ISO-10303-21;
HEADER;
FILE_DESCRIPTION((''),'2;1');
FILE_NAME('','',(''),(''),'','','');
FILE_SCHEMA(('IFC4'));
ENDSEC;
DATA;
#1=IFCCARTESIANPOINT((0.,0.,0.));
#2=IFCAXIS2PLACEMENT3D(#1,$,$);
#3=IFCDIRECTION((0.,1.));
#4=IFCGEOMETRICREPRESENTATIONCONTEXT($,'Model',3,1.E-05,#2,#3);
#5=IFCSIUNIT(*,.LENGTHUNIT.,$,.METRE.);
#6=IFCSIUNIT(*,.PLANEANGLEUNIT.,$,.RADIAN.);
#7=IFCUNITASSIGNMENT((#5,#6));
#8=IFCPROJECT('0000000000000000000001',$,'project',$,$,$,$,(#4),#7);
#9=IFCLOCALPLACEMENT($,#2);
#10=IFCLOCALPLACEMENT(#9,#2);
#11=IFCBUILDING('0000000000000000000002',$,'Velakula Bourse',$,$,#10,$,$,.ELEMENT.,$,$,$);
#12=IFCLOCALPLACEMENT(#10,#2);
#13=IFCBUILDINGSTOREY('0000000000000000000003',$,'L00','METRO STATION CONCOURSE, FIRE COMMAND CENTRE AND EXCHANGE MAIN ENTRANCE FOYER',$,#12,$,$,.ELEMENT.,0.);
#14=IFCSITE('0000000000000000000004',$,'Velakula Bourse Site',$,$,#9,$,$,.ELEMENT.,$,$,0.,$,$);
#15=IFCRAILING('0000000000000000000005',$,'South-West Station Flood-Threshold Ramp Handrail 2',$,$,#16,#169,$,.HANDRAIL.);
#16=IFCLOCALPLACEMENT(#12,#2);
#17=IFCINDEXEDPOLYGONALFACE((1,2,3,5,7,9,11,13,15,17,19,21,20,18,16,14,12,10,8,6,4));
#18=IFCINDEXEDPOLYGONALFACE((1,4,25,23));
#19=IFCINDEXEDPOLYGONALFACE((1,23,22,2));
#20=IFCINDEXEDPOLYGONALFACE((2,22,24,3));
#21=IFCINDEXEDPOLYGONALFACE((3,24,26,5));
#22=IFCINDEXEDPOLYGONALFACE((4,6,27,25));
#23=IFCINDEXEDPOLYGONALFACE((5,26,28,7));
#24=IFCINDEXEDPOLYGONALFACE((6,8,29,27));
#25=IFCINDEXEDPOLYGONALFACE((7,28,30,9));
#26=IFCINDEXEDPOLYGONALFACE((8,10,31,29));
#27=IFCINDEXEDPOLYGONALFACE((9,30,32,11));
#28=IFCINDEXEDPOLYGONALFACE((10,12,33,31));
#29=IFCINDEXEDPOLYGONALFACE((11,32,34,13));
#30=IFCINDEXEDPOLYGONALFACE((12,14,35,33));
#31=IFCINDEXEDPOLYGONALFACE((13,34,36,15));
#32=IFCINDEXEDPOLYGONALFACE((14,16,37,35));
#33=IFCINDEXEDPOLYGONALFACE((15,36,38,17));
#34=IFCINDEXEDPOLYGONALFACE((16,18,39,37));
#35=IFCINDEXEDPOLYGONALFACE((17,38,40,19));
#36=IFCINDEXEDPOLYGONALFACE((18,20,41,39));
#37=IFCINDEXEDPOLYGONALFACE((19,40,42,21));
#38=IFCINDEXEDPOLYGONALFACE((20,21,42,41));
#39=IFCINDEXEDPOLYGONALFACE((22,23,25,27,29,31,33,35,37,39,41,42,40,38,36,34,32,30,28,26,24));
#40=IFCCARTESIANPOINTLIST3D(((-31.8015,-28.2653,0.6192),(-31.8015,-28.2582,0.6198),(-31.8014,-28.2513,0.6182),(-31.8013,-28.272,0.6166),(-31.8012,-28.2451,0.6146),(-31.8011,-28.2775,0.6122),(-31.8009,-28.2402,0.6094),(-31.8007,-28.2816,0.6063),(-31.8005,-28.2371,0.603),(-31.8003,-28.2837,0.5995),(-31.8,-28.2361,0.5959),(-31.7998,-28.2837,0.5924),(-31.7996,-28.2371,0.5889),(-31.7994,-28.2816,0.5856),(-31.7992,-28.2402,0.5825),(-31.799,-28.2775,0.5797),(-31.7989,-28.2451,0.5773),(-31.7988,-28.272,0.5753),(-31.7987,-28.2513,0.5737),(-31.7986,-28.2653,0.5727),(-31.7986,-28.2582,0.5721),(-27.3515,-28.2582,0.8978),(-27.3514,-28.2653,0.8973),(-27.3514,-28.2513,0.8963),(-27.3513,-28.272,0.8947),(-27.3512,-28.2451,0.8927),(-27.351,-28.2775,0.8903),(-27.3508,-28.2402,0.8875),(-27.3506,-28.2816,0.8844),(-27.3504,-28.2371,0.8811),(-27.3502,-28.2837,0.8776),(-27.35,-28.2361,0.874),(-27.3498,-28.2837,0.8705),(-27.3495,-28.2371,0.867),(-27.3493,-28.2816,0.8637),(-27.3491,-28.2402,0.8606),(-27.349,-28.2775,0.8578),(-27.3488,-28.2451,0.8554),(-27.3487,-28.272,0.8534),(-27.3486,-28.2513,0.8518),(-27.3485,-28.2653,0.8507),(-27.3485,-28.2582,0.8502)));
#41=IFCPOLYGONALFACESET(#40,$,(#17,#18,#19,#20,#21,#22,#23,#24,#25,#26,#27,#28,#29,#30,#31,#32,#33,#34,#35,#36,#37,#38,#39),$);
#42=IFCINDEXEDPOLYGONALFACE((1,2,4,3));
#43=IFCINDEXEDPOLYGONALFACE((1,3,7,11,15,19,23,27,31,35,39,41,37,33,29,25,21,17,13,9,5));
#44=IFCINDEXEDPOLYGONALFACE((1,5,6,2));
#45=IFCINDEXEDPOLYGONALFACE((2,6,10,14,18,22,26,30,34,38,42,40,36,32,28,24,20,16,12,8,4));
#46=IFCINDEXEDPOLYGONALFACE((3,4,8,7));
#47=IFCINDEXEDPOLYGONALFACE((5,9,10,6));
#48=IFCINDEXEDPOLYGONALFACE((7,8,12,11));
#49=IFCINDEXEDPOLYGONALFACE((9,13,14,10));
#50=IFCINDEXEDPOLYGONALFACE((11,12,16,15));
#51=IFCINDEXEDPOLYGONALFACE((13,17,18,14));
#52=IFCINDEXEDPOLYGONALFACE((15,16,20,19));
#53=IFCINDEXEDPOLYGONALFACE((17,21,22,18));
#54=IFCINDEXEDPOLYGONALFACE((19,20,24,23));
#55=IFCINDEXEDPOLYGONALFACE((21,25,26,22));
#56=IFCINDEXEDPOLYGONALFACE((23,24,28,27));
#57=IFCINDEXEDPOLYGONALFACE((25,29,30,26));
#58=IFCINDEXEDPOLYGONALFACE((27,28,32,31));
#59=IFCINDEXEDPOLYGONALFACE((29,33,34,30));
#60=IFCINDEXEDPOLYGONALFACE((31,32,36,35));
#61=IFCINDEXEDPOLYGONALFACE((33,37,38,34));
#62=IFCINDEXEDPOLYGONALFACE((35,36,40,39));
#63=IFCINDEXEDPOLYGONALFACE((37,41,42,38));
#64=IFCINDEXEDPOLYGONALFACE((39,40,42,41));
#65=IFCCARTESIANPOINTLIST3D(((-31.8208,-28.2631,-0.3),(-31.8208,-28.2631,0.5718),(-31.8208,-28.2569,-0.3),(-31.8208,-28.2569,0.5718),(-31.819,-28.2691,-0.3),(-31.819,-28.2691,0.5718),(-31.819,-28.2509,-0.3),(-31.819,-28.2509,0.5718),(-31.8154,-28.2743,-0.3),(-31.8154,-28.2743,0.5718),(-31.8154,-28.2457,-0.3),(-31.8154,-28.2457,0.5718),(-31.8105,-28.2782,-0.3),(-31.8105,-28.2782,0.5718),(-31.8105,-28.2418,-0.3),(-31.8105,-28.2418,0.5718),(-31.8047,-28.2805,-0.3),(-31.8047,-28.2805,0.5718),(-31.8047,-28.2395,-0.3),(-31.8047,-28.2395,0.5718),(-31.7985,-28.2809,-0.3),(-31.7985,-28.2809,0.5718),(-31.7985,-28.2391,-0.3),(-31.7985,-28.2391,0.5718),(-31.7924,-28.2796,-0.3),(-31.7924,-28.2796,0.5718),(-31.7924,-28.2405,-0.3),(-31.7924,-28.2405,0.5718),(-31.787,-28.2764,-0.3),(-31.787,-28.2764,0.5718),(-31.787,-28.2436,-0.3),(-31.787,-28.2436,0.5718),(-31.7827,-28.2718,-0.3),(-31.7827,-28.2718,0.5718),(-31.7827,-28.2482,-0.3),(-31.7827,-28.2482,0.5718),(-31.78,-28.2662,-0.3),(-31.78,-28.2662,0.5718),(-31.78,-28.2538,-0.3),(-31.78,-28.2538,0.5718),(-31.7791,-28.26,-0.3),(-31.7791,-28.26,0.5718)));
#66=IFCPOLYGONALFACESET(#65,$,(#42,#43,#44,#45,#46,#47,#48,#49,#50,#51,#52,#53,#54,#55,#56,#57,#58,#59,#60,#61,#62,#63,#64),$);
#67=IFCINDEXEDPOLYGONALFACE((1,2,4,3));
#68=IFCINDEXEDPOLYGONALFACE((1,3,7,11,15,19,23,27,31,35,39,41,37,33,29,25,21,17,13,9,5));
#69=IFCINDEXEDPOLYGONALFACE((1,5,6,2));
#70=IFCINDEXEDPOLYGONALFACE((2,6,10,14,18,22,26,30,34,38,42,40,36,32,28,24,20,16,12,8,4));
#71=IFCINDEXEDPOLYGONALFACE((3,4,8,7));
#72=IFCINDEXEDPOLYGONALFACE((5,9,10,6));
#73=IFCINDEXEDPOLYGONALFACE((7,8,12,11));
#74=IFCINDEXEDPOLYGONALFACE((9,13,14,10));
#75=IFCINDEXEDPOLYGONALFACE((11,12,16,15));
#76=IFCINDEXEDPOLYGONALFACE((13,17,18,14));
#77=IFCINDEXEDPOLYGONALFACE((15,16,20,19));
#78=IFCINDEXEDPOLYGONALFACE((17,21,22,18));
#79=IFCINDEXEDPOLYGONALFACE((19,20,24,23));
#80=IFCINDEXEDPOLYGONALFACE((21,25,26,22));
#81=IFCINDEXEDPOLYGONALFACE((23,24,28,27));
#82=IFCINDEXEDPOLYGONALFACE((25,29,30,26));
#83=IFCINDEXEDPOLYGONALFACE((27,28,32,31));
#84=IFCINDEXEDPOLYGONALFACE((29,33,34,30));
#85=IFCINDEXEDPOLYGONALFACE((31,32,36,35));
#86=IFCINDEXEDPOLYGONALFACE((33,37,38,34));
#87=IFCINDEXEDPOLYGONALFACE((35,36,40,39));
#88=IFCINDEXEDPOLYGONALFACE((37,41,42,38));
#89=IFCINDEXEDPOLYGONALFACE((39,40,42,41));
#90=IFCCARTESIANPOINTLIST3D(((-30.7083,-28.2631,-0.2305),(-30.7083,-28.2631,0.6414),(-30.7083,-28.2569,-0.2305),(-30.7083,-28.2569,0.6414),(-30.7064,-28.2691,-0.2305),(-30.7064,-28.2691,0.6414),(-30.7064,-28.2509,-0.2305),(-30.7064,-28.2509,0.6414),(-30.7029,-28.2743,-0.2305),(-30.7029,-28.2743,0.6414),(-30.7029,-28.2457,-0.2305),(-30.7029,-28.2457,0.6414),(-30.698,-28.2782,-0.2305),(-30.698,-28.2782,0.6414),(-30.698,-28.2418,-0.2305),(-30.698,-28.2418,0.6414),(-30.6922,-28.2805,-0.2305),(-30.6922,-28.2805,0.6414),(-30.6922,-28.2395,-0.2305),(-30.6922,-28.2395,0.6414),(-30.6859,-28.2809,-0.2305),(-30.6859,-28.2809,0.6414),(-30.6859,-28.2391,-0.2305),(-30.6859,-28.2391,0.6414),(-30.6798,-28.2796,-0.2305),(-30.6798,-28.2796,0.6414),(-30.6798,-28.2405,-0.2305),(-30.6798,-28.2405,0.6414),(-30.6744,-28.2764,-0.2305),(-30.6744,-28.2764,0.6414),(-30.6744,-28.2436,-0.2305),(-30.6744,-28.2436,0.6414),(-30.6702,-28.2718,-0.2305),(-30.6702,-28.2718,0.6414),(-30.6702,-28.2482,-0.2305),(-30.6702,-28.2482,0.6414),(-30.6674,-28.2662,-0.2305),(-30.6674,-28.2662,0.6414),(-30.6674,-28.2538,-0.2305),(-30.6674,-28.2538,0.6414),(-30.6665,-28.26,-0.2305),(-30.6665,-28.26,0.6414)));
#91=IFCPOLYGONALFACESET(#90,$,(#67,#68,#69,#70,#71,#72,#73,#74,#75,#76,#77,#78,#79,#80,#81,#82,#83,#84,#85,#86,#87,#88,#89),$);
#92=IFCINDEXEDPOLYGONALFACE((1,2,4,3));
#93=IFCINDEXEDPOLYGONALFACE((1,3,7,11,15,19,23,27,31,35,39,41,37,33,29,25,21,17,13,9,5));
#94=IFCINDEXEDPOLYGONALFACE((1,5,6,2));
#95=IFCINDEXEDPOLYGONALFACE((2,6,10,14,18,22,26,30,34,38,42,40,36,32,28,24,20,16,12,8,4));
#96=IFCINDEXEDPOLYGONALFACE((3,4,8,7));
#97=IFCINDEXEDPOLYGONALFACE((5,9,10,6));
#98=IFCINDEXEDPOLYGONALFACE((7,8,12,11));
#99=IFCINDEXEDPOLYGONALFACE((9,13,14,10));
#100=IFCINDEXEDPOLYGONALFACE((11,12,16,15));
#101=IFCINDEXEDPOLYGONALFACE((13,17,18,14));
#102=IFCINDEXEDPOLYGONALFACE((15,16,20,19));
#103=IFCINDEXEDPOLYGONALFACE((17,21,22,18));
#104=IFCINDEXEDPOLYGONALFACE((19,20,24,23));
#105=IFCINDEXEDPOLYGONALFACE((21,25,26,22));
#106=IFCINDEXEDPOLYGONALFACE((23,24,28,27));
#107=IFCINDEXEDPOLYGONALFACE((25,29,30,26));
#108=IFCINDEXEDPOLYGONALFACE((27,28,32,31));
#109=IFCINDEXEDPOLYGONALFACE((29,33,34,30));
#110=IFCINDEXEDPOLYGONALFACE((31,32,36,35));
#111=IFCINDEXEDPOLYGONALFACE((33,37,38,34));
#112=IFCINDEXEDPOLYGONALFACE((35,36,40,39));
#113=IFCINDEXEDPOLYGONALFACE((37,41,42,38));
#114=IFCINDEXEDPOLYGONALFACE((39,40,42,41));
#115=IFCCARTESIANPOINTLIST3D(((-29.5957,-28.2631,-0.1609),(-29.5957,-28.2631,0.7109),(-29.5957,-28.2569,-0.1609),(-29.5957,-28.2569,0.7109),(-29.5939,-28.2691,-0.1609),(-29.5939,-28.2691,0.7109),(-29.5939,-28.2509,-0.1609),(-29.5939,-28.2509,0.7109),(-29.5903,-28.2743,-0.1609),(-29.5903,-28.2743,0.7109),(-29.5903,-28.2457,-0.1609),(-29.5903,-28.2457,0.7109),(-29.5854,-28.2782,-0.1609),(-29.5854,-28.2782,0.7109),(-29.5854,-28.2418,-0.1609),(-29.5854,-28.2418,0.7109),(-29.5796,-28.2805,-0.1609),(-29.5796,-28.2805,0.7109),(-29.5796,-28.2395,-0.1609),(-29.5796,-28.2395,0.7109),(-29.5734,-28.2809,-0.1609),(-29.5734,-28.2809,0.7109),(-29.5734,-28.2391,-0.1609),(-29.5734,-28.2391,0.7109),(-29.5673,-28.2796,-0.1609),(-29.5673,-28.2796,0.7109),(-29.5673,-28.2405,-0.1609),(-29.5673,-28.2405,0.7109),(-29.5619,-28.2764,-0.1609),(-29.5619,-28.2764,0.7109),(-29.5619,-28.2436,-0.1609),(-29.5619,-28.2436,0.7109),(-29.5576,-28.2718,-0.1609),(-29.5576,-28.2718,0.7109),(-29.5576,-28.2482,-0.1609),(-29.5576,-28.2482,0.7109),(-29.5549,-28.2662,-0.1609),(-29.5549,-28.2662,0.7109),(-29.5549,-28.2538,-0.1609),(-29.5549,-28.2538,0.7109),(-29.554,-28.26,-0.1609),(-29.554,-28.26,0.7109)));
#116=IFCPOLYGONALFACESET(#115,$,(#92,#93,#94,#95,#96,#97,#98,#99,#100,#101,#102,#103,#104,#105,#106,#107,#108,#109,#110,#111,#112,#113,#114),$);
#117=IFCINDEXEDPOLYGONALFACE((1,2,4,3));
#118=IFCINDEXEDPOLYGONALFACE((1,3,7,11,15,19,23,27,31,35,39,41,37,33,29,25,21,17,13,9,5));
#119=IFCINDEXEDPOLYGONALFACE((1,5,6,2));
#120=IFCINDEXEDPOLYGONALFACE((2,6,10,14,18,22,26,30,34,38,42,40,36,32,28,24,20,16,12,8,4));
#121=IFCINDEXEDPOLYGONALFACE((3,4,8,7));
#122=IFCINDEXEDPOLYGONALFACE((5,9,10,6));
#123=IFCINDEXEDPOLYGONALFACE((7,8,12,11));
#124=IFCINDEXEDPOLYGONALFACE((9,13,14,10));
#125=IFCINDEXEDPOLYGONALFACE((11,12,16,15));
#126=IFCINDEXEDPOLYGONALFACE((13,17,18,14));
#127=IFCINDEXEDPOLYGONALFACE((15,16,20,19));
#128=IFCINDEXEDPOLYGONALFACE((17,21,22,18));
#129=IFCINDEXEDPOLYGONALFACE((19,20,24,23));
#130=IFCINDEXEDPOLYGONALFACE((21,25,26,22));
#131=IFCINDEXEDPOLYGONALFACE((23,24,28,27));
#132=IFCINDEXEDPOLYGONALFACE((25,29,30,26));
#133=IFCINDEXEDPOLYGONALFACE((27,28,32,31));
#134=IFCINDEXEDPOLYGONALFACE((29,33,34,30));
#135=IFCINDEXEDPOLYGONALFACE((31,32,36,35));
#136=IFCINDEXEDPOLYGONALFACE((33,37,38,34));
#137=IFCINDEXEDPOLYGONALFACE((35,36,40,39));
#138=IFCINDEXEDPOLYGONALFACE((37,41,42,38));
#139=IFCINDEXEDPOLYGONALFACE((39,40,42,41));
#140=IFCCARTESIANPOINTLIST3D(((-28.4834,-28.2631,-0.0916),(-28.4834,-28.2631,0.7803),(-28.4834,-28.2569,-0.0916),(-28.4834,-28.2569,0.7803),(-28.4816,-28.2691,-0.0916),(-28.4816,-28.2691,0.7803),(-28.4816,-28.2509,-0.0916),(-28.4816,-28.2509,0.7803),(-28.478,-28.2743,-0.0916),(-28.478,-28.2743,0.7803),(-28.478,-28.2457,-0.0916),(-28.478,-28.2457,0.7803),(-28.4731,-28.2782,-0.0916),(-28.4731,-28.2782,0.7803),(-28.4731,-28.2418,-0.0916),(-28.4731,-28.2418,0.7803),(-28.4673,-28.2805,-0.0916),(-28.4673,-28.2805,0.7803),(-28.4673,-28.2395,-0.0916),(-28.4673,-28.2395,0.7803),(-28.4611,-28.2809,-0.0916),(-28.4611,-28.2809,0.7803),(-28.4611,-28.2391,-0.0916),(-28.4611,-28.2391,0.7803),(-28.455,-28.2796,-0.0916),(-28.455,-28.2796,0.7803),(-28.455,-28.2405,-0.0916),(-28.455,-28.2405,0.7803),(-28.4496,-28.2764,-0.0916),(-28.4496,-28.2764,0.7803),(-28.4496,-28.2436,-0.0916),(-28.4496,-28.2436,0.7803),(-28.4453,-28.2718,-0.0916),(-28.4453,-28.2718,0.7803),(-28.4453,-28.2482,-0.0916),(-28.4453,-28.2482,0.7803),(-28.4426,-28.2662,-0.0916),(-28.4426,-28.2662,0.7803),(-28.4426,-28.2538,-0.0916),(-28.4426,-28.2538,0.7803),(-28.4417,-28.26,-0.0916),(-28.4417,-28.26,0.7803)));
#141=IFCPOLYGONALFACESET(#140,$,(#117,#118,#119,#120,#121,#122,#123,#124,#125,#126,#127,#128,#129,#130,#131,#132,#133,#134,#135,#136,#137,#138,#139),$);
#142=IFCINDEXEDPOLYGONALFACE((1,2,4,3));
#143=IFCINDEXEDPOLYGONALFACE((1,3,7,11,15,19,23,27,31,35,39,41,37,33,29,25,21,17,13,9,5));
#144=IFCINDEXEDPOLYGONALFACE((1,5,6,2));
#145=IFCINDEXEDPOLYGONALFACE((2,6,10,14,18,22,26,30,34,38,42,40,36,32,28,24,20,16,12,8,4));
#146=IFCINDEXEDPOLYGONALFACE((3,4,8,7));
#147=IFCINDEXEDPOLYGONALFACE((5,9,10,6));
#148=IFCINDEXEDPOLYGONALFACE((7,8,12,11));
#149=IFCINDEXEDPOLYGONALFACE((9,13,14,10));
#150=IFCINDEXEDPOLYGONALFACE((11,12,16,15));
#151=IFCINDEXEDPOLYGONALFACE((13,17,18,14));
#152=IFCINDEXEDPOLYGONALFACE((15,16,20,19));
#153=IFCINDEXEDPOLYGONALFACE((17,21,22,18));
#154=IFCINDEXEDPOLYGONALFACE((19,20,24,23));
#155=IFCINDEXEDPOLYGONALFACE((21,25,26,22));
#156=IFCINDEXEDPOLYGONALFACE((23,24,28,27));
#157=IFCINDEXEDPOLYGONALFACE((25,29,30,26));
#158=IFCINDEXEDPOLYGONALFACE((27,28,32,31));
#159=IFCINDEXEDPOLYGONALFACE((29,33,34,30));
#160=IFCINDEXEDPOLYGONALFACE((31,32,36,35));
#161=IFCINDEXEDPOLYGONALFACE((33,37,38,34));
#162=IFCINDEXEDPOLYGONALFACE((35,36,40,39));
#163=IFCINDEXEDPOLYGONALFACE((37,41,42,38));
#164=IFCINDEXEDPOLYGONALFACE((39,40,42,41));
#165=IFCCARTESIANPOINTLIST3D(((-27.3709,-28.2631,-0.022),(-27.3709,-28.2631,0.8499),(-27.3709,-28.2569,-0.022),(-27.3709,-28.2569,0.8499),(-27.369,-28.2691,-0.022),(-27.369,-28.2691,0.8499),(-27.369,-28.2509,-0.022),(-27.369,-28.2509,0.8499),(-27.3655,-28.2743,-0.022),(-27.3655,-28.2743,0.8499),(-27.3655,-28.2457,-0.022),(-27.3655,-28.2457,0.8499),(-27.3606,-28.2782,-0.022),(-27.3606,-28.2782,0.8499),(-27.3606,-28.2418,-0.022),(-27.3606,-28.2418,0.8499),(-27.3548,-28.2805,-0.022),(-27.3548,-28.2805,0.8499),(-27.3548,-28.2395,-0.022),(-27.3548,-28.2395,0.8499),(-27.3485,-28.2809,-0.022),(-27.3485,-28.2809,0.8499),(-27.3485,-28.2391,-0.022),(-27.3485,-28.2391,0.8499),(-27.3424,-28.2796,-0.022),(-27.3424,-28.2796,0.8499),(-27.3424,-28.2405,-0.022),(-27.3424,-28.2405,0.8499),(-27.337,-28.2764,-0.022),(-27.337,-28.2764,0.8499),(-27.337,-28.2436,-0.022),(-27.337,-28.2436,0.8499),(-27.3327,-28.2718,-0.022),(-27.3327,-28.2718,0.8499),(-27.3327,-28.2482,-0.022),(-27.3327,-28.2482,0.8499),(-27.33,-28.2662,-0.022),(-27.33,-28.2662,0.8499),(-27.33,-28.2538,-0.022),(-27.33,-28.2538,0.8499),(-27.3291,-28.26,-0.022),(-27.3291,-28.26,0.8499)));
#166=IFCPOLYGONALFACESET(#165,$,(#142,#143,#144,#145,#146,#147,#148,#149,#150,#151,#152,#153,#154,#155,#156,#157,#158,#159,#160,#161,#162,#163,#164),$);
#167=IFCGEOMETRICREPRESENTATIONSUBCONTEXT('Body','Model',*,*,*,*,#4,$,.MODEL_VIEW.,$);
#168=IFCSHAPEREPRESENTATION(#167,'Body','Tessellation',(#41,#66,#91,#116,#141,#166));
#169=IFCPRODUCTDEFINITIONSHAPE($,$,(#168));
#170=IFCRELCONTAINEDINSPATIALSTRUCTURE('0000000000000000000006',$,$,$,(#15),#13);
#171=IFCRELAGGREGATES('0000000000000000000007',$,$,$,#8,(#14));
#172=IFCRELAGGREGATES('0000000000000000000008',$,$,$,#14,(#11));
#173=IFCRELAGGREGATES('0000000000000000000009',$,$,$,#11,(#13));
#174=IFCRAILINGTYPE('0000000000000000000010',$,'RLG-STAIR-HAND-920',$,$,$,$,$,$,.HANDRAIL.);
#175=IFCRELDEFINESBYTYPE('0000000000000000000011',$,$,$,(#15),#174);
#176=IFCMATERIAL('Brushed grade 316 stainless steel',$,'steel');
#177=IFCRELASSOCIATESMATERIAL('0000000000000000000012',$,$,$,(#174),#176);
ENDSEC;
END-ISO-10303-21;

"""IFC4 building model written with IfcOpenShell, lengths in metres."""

from ifc_helpers import new_model, si_unit, direction, frame, origin, origin_2d, place, context, subcontext, project, spatial, circle, extrude, material, type_object, element, save


model = new_model("IFC4")

# Units and contexts
model_context = context("Model", 3, precision=1e-05, world=origin(), true_north=direction((0.0, 1.0)))
body_context = subcontext(model_context, "Body", "Model", "MODEL_VIEW")
ifc_project = project(units=[si_unit("LENGTHUNIT", "METRE"), si_unit("PLANEANGLEUNIT", "RADIAN")], contexts=[model_context])

# Site, building, storey
site_placement = place(None, origin())
site = spatial("IfcSite", under=ifc_project, at=site_placement, Name="Velakula Bourse Site", CompositionType="ELEMENT", RefElevation=0.0)
building_placement = place(site_placement, origin())
building = spatial("IfcBuilding", under=site, at=building_placement, Name="Velakula Bourse", CompositionType="ELEMENT")
storey_placement = place(building_placement, origin())
storey = spatial("IfcBuildingStorey", under=building, at=storey_placement, Name="L00", Description="METRO STATION CONCOURSE, FIRE COMMAND CENTRE AND EXCHANGE MAIN ENTRANCE FOYER", CompositionType="ELEMENT", Elevation=0.0)

# Railing
ifc_material_1 = material(Name="Brushed grade 316 stainless steel", Category="steel")
railing_type = type_object("IfcRailingType", Name="RLG-STAIR-HAND-920", PredefinedType="HANDRAIL", material=ifc_material_1)
for number, where, name in (
    (1, (-31.8, -28.26, -0.3), "South-West Station Flood-Threshold Ramp Handrail 2"),
):
    element("IfcRailing", number, at=place(storey_placement, frame(where)), inside=storey, type_object=railing_type, Name=name, PredefinedType="HANDRAIL", context=body_context, shape_type="SweptSolid", body=[
        extrude(circle(Radius=0.0239, at=origin_2d()), frame((0.0, 0.0, 0.896), z_axis=(0.998053, 0.0, 0.062368), x_axis=(0.0, 1.0, 0.0)), (0.0, 0.0, 1.0), 4.4587),
        extrude(circle(Radius=0.021, at=origin_2d()), origin(), (0.0, 0.0, 1.0), 0.8718),
        extrude(circle(Radius=0.021, at=origin_2d()), frame((1.1125, 0.0, 0.0696)), (0.0, 0.0, 1.0), 0.8718),
        extrude(circle(Radius=0.021, at=origin_2d()), frame((2.2251, 0.0, 0.1392)), (0.0, 0.0, 1.0), 0.8718),
        extrude(circle(Radius=0.021, at=origin_2d()), frame((3.3374, 0.0, 0.2085)), (0.0, 0.0, 1.0), 0.8718),
        extrude(circle(Radius=0.021, at=origin_2d()), frame((4.45, 0.0, 0.2781)), (0.0, 0.0, 1.0), 0.8718),
    ])

save(model, "model.ifc")
